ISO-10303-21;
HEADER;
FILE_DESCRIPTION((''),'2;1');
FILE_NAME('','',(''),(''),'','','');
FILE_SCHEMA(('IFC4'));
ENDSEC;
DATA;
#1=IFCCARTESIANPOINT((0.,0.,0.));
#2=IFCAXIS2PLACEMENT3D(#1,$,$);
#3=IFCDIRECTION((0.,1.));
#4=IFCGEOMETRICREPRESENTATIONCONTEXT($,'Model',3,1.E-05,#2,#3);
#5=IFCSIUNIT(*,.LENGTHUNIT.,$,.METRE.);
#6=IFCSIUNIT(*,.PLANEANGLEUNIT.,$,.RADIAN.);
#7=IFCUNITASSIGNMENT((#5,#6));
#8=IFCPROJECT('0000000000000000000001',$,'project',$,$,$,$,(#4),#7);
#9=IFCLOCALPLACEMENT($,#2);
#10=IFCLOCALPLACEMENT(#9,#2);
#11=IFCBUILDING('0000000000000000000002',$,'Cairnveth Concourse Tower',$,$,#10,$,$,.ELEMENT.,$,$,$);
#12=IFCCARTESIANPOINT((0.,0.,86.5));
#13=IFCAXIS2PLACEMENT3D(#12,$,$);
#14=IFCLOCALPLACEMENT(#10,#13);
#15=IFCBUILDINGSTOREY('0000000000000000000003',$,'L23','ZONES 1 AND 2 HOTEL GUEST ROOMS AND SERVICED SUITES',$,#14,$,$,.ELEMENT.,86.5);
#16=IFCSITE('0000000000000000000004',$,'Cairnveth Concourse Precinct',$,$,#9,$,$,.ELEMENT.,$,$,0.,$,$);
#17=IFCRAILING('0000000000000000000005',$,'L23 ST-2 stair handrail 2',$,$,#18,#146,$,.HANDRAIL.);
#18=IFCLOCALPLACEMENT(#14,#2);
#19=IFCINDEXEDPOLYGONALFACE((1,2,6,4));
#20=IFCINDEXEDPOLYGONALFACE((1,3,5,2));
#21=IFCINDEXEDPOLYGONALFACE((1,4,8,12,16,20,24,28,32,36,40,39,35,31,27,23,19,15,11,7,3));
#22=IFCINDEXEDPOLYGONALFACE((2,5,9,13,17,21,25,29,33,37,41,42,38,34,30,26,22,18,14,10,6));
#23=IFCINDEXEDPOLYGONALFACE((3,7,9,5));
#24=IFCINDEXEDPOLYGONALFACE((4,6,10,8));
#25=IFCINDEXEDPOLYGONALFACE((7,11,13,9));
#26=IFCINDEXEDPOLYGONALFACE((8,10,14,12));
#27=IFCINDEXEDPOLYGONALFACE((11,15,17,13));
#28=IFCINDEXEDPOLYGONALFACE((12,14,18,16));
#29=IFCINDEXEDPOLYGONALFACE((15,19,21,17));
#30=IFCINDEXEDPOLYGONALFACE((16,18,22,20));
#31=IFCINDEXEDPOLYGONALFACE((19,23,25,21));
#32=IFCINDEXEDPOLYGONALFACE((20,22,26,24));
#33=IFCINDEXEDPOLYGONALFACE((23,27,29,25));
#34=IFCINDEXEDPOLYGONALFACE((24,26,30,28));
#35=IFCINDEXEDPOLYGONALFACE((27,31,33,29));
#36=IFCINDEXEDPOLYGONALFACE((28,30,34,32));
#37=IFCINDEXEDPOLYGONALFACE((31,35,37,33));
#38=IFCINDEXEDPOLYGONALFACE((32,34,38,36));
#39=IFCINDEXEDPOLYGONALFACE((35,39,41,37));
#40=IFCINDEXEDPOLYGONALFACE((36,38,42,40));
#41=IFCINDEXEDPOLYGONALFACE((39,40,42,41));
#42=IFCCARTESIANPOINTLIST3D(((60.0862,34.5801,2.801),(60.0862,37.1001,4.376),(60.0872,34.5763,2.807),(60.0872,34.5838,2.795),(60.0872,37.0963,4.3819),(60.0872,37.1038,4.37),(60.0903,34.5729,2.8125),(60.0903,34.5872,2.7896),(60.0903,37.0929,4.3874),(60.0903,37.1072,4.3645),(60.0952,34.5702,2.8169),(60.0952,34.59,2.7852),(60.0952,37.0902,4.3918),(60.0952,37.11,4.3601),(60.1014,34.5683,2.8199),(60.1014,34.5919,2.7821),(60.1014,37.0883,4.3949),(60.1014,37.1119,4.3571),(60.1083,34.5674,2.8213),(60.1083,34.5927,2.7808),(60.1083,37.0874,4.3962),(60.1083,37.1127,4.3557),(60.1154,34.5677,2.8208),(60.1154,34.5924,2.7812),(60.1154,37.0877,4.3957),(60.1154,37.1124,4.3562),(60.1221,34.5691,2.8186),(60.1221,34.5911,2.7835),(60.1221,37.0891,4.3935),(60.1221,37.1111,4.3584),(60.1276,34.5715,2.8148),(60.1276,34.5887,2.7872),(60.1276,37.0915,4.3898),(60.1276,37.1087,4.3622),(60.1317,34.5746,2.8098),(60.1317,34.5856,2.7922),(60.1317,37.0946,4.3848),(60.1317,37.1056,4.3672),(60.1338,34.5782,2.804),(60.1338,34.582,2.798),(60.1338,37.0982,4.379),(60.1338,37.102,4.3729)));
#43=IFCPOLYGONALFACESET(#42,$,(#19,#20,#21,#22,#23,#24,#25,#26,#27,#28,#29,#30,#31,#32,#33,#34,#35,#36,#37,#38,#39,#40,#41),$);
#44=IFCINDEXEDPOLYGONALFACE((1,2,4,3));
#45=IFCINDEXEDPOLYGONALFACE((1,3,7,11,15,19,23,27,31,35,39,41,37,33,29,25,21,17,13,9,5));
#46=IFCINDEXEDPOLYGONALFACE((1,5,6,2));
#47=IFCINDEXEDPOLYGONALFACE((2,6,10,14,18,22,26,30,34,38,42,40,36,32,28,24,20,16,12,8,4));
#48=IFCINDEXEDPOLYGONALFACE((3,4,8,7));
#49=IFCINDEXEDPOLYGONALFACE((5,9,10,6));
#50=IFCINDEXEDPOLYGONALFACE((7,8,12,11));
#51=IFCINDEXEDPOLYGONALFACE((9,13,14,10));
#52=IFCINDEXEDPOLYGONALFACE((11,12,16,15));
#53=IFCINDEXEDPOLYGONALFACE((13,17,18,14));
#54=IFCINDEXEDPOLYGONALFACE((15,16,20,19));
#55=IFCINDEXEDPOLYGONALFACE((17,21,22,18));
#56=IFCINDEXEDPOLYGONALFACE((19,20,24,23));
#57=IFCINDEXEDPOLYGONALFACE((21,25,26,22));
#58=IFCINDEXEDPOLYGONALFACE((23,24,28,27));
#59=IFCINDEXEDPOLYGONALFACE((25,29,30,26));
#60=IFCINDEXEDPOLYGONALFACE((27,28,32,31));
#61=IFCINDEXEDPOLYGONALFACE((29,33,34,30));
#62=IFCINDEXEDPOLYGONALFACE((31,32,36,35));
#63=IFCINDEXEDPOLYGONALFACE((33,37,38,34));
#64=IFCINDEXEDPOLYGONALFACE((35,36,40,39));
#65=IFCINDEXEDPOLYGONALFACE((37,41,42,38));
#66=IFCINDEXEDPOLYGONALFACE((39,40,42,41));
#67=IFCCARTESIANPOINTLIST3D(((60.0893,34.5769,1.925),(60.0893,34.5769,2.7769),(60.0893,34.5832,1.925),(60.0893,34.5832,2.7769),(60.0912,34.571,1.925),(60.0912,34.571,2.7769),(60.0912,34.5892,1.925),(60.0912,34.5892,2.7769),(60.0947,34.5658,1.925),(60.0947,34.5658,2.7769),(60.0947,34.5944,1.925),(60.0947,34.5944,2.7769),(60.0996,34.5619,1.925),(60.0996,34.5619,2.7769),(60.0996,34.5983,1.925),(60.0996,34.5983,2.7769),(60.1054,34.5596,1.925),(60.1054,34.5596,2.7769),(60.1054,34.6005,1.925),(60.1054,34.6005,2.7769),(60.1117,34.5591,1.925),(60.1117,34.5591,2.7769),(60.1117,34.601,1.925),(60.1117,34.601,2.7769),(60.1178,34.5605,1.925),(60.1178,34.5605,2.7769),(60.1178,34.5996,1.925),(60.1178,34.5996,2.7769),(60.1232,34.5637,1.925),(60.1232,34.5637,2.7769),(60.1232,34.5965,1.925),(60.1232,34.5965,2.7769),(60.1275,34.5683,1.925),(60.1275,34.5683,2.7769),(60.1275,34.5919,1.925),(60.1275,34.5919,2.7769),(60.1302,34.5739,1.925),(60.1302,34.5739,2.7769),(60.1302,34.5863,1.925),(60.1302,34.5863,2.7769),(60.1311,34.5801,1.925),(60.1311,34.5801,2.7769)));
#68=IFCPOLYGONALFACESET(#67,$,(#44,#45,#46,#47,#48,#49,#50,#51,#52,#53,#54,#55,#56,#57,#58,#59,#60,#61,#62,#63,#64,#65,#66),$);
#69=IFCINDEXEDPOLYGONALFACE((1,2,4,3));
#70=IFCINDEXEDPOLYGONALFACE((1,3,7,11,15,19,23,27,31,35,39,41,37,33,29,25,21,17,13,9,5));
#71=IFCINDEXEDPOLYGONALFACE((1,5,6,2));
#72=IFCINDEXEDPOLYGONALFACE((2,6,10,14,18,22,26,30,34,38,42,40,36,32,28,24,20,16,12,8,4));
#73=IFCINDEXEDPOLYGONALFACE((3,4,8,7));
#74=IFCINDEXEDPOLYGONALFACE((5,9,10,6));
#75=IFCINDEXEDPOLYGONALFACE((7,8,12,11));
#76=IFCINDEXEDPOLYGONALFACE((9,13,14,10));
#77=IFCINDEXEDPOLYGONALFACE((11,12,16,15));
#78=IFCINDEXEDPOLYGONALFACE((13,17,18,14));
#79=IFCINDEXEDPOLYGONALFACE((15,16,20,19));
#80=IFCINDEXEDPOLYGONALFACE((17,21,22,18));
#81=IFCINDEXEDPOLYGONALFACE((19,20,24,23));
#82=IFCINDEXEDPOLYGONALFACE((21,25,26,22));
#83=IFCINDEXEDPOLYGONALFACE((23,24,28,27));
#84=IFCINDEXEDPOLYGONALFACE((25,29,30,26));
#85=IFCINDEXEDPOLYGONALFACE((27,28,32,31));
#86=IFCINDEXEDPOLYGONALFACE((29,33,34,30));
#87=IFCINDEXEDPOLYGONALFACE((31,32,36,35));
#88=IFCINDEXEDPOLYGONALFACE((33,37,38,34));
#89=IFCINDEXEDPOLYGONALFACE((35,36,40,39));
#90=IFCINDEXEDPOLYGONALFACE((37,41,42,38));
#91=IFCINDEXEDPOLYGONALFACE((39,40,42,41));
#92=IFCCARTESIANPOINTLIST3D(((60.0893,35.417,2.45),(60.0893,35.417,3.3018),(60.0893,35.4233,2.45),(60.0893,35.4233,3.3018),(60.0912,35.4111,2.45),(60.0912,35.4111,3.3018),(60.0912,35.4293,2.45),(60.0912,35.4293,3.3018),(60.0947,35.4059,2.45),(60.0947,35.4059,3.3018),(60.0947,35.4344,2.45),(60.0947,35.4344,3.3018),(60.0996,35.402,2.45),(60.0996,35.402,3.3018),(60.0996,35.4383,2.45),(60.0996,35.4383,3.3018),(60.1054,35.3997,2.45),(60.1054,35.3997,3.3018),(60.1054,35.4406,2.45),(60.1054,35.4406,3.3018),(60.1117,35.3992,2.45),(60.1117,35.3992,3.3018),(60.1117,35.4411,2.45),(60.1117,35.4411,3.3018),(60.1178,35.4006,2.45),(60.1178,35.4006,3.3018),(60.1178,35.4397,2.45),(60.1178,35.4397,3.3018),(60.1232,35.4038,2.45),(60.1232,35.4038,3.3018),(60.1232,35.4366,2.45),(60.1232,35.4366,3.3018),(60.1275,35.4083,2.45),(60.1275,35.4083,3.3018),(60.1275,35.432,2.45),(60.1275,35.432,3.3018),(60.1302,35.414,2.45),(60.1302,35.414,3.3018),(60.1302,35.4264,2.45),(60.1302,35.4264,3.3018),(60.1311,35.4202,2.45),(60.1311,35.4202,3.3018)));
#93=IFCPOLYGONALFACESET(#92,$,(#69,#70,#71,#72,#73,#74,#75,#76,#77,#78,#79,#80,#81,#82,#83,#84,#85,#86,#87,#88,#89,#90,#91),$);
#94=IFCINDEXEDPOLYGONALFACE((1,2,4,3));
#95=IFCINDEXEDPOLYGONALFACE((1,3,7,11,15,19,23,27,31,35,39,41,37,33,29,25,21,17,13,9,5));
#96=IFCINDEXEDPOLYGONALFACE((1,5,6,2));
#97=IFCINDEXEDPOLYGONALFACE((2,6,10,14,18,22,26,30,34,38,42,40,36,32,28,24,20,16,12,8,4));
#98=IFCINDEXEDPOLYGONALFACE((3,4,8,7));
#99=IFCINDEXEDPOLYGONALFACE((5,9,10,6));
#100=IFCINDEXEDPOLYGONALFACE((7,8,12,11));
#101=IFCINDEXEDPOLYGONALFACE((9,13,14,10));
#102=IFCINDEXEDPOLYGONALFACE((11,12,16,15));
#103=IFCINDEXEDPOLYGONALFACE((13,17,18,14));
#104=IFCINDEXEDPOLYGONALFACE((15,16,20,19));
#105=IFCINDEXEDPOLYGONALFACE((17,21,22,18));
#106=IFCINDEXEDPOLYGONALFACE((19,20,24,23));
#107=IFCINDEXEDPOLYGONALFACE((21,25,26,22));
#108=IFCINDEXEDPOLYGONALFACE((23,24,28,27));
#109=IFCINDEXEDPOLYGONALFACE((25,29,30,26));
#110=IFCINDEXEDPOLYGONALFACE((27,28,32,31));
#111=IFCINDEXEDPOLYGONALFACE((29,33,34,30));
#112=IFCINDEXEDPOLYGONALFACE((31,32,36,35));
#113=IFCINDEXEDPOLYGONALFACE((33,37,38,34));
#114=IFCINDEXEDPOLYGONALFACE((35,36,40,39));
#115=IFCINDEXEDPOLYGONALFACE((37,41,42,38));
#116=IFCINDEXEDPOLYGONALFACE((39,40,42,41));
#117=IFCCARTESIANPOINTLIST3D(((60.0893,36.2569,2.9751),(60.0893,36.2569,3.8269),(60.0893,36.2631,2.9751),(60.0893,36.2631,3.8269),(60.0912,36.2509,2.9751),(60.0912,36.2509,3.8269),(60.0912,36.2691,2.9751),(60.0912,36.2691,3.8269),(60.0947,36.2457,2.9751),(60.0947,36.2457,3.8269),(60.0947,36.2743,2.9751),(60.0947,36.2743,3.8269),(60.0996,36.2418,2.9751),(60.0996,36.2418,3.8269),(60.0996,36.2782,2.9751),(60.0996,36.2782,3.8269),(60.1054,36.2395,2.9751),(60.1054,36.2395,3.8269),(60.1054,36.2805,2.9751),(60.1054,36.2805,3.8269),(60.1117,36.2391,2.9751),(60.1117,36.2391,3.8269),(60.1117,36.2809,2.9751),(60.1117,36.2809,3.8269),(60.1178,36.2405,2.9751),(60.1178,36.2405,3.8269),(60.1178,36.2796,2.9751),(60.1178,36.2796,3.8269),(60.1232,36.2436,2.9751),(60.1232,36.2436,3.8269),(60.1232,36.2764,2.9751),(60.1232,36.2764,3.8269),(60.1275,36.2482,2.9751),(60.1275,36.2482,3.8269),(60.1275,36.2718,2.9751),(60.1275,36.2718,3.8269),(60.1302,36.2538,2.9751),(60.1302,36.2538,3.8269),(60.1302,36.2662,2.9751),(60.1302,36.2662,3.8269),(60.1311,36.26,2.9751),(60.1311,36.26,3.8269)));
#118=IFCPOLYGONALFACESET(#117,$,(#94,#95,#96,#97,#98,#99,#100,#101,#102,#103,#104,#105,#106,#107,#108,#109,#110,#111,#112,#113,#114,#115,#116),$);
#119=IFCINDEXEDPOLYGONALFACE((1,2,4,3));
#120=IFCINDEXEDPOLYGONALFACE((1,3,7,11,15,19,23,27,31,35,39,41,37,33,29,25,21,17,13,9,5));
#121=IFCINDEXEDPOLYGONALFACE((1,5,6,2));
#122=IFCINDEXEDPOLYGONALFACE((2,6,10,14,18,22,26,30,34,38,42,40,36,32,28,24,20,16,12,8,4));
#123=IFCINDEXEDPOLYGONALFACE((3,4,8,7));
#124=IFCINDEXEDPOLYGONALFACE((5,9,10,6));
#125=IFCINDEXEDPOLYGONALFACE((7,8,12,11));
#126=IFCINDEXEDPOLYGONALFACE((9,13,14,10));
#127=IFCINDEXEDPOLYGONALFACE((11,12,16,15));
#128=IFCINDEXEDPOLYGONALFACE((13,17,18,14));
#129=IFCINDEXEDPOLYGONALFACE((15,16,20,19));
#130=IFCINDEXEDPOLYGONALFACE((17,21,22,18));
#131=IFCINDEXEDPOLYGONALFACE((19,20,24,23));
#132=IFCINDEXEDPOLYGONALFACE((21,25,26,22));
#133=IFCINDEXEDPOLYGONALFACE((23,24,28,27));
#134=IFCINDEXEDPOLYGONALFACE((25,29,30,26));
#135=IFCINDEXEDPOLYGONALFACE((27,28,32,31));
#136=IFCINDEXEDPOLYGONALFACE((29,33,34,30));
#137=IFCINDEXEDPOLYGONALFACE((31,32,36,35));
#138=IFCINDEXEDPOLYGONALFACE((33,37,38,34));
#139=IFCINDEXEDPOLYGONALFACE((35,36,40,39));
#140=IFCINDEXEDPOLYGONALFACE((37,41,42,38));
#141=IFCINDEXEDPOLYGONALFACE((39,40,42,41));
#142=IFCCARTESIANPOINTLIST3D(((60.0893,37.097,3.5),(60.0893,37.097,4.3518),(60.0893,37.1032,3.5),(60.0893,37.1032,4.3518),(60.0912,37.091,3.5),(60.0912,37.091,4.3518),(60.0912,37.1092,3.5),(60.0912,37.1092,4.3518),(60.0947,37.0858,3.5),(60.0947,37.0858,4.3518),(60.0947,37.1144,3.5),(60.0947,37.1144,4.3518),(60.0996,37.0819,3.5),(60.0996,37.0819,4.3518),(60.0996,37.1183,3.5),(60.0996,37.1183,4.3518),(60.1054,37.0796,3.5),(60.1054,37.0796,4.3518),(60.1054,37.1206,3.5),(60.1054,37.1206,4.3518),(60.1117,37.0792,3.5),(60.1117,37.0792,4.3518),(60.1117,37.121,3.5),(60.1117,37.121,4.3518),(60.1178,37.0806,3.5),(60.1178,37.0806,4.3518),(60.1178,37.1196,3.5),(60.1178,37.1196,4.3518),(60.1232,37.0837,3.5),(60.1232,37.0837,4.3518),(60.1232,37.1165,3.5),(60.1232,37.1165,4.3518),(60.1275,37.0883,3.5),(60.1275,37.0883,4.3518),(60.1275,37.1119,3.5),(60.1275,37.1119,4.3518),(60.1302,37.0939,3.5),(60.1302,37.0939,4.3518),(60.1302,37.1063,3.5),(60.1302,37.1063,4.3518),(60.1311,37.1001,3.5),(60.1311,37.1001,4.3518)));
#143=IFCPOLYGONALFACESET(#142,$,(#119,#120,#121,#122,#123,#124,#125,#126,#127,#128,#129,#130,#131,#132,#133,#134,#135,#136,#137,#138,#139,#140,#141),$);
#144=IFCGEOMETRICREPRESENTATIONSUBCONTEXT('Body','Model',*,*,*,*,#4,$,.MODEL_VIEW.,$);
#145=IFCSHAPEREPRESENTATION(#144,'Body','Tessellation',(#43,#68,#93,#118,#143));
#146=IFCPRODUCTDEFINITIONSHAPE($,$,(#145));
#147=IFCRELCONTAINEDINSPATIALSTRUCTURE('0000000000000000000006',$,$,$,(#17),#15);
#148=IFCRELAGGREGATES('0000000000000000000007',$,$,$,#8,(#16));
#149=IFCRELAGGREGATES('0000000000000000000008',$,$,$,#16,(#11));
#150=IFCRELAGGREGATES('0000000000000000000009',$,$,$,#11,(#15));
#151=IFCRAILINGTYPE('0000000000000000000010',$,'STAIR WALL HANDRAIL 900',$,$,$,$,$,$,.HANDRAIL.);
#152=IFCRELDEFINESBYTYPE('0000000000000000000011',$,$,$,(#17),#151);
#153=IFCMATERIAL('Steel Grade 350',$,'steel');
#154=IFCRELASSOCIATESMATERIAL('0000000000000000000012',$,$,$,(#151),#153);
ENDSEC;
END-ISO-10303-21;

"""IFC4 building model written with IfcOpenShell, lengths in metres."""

from ifc_helpers import new_model, si_unit, direction, frame, origin, origin_2d, place, context, subcontext, project, spatial, circle, extrude, material, type_object, element, save


model = new_model("IFC4")

# Units and contexts
model_context = context("Model", 3, precision=1e-05, world=origin(), true_north=direction((0.0, 1.0)))
body_context = subcontext(model_context, "Body", "Model", "MODEL_VIEW")
ifc_project = project(units=[si_unit("LENGTHUNIT", "METRE"), si_unit("PLANEANGLEUNIT", "RADIAN")], contexts=[model_context])

# Site, building, storey
site_placement = place(None, origin())
site = spatial("IfcSite", under=ifc_project, at=site_placement, Name="Cairnveth Concourse Precinct", CompositionType="ELEMENT", RefElevation=0.0)
building_placement = place(site_placement, origin())
building = spatial("IfcBuilding", under=site, at=building_placement, Name="Cairnveth Concourse Tower", CompositionType="ELEMENT")
storey_placement = place(building_placement, frame((0.0, 0.0, 86.5)))
storey = spatial("IfcBuildingStorey", under=building, at=storey_placement, Name="L23", Description="ZONES 1 AND 2 HOTEL GUEST ROOMS AND SERVICED SUITES", CompositionType="ELEMENT", Elevation=86.5)

# Shared definitions
ifc_material_1 = material(Name="Steel Grade 350", Category="steel")

# Railing
railing_type_1 = type_object("IfcRailingType", Name="STAIR WALL HANDRAIL 900", PredefinedType="HANDRAIL", material=ifc_material_1)
railing_1_placement = place(storey_placement, frame((60.1101, 34.5801, 1.925)))
element("IfcRailing", 1, at=railing_1_placement, inside=storey, type_object=railing_type_1, Name="L23 ST-2 stair handrail 2", PredefinedType="HANDRAIL", context=body_context, shape_type="SweptSolid", body=[
    extrude(circle(Radius=0.0239, at=origin_2d()), frame((0.0, 0.0, 0.876), z_axis=(0.0, 0.848008, 0.529984), x_axis=(-1.0, 0.0, 0.0)), (0.0, 0.0, 1.0), 2.9717),
    extrude(circle(Radius=0.021, at=origin_2d()), origin(), (0.0, 0.0, 1.0), 0.8518),
    extrude(circle(Radius=0.021, at=origin_2d()), frame((0.0, 0.8401, 0.5249)), (0.0, 0.0, 1.0), 0.8518),
    extrude(circle(Radius=0.021, at=origin_2d()), frame((0.0, 1.6799, 1.05)), (0.0, 0.0, 1.0), 0.8518),
    extrude(circle(Radius=0.021, at=origin_2d()), frame((0.0, 2.52, 1.575)), (0.0, 0.0, 1.0), 0.8518),
])

save(model, "model.ifc")
